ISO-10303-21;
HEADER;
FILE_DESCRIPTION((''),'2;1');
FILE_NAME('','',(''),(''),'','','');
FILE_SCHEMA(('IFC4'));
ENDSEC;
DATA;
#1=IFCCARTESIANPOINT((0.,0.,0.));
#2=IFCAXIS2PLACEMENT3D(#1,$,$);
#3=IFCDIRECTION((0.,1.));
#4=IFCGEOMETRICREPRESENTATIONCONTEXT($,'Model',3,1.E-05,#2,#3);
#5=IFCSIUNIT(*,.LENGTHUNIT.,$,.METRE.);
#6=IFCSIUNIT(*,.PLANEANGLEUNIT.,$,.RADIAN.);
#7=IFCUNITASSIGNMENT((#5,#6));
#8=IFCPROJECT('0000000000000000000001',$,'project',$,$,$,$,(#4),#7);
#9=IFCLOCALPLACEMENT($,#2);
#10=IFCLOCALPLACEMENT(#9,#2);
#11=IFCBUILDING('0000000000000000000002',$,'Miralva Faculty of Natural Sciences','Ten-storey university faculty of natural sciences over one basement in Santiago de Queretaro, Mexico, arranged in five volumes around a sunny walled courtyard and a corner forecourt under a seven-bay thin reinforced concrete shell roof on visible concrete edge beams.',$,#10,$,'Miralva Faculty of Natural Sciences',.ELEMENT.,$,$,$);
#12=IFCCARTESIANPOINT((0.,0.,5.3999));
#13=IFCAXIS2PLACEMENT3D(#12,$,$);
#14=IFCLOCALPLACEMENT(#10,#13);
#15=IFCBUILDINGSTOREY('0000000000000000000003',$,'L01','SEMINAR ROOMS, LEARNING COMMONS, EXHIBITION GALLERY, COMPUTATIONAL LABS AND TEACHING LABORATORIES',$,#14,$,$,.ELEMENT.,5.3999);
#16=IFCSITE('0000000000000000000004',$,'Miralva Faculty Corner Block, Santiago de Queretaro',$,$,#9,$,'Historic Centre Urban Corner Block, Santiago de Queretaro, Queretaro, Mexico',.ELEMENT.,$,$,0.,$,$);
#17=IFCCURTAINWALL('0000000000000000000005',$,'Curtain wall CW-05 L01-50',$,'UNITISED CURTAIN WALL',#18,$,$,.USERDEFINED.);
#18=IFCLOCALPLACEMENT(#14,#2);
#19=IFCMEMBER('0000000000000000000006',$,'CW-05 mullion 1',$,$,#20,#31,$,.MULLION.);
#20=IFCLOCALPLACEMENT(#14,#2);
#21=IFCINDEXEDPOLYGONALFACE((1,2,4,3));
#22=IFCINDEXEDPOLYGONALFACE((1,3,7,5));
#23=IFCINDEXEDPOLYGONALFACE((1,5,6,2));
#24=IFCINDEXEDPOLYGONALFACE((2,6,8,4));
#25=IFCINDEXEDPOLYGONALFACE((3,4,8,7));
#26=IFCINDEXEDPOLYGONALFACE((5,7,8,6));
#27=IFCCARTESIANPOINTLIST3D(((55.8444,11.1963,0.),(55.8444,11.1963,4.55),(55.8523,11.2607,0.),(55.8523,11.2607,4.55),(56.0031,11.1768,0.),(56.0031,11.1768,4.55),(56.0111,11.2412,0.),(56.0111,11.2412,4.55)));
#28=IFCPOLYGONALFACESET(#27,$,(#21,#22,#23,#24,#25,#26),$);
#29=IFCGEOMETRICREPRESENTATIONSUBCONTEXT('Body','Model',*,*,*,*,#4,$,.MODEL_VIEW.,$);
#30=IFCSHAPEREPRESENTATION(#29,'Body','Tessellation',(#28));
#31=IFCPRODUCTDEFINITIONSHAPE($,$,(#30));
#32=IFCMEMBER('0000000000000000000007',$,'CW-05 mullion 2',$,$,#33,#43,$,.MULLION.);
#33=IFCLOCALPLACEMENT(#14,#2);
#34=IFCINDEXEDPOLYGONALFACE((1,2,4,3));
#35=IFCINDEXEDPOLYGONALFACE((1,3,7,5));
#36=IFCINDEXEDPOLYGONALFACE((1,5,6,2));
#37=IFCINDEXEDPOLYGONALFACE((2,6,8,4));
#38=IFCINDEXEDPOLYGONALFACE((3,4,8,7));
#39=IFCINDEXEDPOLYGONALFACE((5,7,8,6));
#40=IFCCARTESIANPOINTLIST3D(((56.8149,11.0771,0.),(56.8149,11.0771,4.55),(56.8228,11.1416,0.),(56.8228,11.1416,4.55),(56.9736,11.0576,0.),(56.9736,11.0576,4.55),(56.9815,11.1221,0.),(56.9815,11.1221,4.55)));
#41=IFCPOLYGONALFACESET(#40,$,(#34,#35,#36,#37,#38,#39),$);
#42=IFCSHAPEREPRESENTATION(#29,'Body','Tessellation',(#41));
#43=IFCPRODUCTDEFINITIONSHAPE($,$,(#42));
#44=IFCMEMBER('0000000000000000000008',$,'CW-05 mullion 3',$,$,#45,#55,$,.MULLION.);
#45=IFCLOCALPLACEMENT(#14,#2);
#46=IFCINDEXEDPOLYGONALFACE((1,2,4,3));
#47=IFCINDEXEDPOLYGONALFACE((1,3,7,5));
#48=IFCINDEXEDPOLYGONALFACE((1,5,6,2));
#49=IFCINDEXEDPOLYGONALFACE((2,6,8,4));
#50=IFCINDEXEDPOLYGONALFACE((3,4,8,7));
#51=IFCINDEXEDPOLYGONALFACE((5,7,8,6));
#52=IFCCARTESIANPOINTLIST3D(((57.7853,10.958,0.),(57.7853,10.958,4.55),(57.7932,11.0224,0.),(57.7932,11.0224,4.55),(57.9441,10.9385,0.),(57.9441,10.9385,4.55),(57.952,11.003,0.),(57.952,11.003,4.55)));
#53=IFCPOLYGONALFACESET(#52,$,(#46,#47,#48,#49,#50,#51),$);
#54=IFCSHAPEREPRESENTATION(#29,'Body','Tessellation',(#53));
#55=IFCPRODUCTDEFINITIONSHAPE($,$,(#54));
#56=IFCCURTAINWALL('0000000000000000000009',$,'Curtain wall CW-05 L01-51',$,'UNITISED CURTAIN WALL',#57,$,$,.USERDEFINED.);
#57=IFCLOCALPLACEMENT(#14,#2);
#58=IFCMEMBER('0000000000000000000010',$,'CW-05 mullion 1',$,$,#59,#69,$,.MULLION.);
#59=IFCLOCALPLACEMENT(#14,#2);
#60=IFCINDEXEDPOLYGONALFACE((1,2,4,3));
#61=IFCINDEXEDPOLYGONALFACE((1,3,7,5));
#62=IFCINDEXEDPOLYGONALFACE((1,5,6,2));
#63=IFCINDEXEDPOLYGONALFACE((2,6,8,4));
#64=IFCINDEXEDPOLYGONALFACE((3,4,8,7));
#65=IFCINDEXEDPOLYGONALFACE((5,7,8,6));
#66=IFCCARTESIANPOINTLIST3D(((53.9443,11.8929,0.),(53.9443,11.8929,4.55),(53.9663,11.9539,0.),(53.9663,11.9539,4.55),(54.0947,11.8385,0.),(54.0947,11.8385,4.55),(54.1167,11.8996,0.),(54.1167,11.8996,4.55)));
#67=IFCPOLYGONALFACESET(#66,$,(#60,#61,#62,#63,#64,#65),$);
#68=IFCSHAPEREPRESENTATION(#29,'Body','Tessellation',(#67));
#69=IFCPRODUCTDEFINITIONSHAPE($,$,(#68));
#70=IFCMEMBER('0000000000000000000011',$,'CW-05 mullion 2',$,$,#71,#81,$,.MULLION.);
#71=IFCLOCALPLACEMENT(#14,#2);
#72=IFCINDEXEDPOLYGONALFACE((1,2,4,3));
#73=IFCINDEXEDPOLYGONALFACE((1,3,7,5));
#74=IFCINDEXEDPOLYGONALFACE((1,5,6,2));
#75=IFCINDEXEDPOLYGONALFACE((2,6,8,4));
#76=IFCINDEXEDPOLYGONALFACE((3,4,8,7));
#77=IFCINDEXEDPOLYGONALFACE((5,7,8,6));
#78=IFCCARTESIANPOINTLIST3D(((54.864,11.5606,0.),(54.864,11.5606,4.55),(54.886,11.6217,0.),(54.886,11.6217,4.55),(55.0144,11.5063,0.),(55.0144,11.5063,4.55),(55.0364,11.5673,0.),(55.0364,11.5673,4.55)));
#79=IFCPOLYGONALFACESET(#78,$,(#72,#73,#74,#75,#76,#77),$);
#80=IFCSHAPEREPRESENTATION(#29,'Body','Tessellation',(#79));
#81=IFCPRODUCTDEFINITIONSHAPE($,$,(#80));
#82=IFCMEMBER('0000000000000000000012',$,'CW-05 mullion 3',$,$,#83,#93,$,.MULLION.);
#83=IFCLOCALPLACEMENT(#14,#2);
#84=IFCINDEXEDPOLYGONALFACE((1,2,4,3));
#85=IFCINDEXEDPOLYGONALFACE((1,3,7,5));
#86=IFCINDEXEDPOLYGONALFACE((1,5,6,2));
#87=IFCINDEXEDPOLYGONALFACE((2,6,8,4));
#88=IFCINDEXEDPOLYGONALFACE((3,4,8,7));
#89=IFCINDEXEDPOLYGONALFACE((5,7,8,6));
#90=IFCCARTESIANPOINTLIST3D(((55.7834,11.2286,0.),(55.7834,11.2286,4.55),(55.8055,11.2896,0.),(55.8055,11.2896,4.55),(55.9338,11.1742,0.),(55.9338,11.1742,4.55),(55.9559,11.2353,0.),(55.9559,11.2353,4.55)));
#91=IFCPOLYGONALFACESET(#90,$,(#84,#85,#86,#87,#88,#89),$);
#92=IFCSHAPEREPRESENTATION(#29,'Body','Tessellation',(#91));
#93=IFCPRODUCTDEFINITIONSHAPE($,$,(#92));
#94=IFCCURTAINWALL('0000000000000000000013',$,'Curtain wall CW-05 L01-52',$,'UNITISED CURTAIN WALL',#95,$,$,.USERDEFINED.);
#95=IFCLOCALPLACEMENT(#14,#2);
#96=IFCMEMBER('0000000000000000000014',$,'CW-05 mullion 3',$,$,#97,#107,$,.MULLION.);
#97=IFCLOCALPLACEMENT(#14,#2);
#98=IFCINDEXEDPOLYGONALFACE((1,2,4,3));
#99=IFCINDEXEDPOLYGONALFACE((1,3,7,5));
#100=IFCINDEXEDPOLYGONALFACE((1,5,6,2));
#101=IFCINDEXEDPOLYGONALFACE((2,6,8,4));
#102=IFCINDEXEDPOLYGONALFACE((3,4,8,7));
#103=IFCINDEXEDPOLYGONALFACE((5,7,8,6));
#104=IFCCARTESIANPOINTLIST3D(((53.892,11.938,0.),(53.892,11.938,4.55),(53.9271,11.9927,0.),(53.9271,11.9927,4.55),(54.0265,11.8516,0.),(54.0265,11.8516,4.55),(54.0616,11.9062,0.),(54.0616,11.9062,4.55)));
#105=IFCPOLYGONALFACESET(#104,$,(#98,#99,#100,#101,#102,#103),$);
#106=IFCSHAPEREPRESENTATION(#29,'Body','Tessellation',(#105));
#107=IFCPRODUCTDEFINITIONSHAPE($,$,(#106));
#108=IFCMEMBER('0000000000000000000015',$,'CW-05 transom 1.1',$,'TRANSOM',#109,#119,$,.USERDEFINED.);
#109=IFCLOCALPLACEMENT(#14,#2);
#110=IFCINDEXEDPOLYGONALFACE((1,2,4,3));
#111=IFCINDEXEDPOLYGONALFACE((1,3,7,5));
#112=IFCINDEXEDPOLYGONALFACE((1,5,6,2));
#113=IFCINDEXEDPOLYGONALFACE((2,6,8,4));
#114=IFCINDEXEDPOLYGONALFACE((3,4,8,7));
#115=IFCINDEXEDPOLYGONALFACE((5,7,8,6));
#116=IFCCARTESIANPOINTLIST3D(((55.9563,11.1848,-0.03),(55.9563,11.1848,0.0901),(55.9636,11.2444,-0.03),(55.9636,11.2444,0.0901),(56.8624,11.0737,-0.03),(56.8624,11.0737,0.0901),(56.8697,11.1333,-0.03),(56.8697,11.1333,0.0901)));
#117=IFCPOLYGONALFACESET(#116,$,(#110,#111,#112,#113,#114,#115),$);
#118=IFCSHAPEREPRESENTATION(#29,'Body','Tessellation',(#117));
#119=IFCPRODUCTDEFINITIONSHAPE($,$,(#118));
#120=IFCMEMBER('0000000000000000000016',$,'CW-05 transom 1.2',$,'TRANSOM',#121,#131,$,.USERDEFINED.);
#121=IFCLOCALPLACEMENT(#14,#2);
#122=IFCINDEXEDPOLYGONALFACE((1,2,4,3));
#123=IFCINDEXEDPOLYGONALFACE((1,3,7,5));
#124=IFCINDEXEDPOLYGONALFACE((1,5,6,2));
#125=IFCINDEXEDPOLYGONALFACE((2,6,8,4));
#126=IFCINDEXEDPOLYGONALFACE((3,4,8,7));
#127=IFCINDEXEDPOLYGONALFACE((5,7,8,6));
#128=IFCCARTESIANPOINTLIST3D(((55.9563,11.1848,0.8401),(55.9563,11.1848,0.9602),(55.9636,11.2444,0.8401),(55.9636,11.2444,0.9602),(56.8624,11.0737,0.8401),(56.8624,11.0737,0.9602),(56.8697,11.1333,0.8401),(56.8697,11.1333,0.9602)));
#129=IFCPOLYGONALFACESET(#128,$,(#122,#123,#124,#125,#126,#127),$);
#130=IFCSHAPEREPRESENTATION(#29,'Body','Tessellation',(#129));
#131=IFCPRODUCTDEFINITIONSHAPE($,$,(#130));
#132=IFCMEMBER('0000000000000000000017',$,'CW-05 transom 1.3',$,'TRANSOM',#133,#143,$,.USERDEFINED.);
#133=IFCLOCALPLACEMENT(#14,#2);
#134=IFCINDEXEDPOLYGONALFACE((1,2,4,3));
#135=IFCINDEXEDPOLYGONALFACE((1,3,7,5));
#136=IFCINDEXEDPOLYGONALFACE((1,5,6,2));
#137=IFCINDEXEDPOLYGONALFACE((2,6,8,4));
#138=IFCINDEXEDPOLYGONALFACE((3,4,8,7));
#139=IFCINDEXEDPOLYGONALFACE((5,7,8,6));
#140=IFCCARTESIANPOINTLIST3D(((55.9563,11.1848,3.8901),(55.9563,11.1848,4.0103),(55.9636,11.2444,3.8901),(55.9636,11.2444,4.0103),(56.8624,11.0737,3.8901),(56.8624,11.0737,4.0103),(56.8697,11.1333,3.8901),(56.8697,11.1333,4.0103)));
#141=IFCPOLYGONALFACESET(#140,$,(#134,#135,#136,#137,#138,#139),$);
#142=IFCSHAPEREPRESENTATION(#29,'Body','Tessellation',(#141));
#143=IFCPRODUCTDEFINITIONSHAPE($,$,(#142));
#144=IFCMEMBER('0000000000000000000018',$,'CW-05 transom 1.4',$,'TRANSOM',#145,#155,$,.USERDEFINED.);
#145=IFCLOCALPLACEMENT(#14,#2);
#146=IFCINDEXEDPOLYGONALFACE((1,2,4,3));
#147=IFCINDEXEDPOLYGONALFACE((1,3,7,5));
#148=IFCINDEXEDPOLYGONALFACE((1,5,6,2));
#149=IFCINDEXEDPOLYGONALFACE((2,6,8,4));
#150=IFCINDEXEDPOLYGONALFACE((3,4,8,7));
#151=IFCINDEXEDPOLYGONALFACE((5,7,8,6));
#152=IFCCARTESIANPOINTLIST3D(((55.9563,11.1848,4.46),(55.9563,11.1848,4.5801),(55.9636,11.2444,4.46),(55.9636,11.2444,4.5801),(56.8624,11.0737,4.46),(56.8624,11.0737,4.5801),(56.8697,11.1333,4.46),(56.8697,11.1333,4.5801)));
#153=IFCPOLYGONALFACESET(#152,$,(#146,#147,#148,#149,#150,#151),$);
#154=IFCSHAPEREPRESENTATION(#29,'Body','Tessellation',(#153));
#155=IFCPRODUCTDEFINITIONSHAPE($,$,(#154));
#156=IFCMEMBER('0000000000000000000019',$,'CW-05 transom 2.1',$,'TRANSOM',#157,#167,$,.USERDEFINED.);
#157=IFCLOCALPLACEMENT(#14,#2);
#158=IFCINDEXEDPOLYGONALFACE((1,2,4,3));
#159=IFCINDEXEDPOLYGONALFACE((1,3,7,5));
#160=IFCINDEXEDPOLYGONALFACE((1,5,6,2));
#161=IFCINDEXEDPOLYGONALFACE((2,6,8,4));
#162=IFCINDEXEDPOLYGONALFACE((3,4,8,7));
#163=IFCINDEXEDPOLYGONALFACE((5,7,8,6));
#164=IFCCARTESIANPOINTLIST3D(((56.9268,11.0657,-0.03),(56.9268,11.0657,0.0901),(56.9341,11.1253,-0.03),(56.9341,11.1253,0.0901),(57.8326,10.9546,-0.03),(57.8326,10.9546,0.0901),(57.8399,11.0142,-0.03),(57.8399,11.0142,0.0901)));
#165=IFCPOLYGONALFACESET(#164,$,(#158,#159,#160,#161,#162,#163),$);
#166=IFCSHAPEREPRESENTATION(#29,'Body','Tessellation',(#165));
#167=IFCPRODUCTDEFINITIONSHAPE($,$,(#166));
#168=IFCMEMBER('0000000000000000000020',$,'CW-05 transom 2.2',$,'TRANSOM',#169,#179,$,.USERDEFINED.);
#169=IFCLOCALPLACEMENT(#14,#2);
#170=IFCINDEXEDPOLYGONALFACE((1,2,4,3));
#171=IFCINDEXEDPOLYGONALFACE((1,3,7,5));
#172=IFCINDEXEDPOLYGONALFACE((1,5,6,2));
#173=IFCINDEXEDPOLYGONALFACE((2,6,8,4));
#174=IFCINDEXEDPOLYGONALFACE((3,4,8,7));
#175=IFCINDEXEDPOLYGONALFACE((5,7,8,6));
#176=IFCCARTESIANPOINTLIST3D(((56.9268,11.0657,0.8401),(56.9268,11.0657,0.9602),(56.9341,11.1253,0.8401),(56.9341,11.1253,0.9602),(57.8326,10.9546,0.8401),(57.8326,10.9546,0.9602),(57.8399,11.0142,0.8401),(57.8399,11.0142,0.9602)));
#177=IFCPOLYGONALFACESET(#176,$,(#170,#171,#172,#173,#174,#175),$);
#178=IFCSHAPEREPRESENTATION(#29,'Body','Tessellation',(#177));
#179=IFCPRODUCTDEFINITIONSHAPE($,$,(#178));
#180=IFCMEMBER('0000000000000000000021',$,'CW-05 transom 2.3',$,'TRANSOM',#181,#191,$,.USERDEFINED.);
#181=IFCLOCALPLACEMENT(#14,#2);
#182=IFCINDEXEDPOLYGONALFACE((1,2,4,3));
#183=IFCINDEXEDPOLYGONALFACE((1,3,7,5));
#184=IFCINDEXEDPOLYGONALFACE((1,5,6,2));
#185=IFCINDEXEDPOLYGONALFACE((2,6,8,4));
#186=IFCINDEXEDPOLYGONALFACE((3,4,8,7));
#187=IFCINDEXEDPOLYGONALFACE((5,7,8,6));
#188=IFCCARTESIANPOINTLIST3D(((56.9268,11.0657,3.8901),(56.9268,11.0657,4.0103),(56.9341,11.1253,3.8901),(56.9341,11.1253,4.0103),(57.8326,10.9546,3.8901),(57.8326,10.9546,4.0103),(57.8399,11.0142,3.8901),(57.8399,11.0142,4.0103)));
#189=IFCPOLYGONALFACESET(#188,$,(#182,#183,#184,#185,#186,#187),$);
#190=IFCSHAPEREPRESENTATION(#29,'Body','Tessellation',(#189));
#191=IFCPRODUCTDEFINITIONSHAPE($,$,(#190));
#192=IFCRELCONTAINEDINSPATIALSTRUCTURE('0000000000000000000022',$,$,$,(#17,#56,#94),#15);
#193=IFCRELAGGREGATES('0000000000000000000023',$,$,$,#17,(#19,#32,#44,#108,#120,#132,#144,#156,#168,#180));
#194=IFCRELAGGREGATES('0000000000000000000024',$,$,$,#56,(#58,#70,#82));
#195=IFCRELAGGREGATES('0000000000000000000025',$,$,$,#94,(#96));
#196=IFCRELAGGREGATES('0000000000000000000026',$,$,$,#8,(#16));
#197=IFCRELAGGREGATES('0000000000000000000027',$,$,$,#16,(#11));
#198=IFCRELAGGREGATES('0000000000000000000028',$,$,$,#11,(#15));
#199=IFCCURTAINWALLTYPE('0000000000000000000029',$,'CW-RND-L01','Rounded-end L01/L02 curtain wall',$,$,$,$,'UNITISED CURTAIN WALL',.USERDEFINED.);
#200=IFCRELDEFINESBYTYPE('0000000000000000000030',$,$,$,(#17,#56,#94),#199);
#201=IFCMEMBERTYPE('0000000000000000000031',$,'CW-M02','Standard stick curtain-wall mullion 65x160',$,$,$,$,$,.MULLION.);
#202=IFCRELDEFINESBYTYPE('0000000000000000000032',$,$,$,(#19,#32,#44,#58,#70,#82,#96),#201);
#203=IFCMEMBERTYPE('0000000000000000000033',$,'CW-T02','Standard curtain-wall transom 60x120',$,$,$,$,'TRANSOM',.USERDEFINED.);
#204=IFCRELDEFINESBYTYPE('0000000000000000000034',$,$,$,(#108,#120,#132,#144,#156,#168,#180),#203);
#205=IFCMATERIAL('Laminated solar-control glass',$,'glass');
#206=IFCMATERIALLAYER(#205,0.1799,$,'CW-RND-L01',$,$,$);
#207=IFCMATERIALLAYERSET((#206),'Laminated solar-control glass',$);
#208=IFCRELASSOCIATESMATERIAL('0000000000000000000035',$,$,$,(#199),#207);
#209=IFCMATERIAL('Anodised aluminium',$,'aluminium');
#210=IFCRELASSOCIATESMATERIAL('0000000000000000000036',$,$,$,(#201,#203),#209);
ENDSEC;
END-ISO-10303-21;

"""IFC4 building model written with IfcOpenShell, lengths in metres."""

from ifc_helpers import new_model, si_unit, direction, frame, origin, origin_2d, place, context, subcontext, project, spatial, rectangle, extrude, material, layer, layer_set, material_profile, profile_set, type_object, element, aggregate, save


model = new_model("IFC4")

# Units and contexts
model_context = context("Model", 3, precision=1e-05, world=origin(), true_north=direction((0.0, 1.0)))
body_context = subcontext(model_context, "Body", "Model", "MODEL_VIEW")
ifc_project = project(units=[si_unit("LENGTHUNIT", "METRE"), si_unit("PLANEANGLEUNIT", "RADIAN")], contexts=[model_context])

# Site, building, storey
site_placement = place(None, origin())
site = spatial("IfcSite", under=ifc_project, at=site_placement, Name="Miralva Faculty Corner Block, Santiago de Queretaro", LongName="Historic Centre Urban Corner Block, Santiago de Queretaro, Queretaro, Mexico", CompositionType="ELEMENT", RefElevation=0.0)
building_placement = place(site_placement, origin())
building = spatial("IfcBuilding", under=site, at=building_placement, Name="Miralva Faculty of Natural Sciences", Description="Ten-storey university faculty of natural sciences over one basement in Santiago de Queretaro, Mexico, arranged in five volumes around a sunny walled courtyard and a corner forecourt under a seven-bay thin reinforced concrete shell roof on visible concrete edge beams.", LongName="Miralva Faculty of Natural Sciences", CompositionType="ELEMENT")
storey_placement = place(building_placement, frame((0.0, 0.0, 5.3999)))
storey = spatial("IfcBuildingStorey", under=building, at=storey_placement, Name="L01", Description="SEMINAR ROOMS, LEARNING COMMONS, EXHIBITION GALLERY, COMPUTATIONAL LABS AND TEACHING LABORATORIES", CompositionType="ELEMENT", Elevation=5.3999)

# Curtain walls, members
ifc_material_1 = material(Name="Laminated solar-control glass", Category="glass")
ifc_layer_1 = layer(ifc_material_1, 0.1799, Name="CW-RND-L01")
ifc_layer_set_1 = layer_set([ifc_layer_1], Name="Laminated solar-control glass")
curtain_wall_type = type_object("IfcCurtainWallType", Name="CW-RND-L01", Description="Rounded-end L01/L02 curtain wall", ElementType="UNITISED CURTAIN WALL", PredefinedType="USERDEFINED", material=ifc_layer_set_1)
curtain_wall_1_placement = place(storey_placement, origin())
curtain_wall_1 = element("IfcCurtainWall", 1, at=curtain_wall_1_placement, inside=storey, type_object=curtain_wall_type, Name="Curtain wall CW-05 L01-50", ObjectType="UNITISED CURTAIN WALL", PredefinedType="USERDEFINED")
ifc_material_2 = material(Name="Anodised aluminium", Category="aluminium")
ifc_material_profile_1 = material_profile(ifc_material_2, rectangle(XDim=0.0649, YDim=0.1599, at=origin_2d()), Name="MULLION 65x160")
ifc_profile_set_1 = profile_set([ifc_material_profile_1], Name="Anodised aluminium")
member_type_1 = type_object("IfcMemberType", Name="CW-M02", Description="Standard stick curtain-wall mullion 65x160", PredefinedType="MULLION", material=ifc_profile_set_1)
member_1_placement = place(storey_placement, frame((55.9277, 11.2188, 0.0), z_axis=(0.0, 0.0, 1.0), x_axis=(0.12186, 0.992547, 0.0)))
member_1 = element("IfcMember", 2, at=member_1_placement, type_object=member_type_1, Name="CW-05 mullion 1", PredefinedType="MULLION", context=body_context, shape_type="SweptSolid", body=[
    extrude(rectangle(XDim=0.0649, YDim=0.1599, at=origin_2d()), origin(), (0.0, 0.0, 1.0), 4.55),
])
member_2_placement = place(storey_placement, frame((56.8982, 11.0996, 0.0), z_axis=(0.0, 0.0, 1.0), x_axis=(0.12186, 0.992547, 0.0)))
member_2 = element("IfcMember", 3, at=member_2_placement, type_object=member_type_1, Name="CW-05 mullion 2", PredefinedType="MULLION", context=body_context, shape_type="SweptSolid", body=[
    extrude(rectangle(XDim=0.0649, YDim=0.1599, at=origin_2d()), origin(), (0.0, 0.0, 1.0), 4.55),
])
member_3_placement = place(storey_placement, frame((57.8687, 10.9805, 0.0), z_axis=(0.0, 0.0, 1.0), x_axis=(0.12186, 0.992547, 0.0)))
member_3 = element("IfcMember", 4, at=member_3_placement, type_object=member_type_1, Name="CW-05 mullion 3", PredefinedType="MULLION", context=body_context, shape_type="SweptSolid", body=[
    extrude(rectangle(XDim=0.0649, YDim=0.1599, at=origin_2d()), origin(), (0.0, 0.0, 1.0), 4.55),
])
curtain_wall_2_placement = place(storey_placement, origin())
curtain_wall_2 = element("IfcCurtainWall", 5, at=curtain_wall_2_placement, inside=storey, type_object=curtain_wall_type, Name="Curtain wall CW-05 L01-51", ObjectType="UNITISED CURTAIN WALL", PredefinedType="USERDEFINED")
member_4_placement = place(storey_placement, frame((54.0305, 11.8962, 0.0), z_axis=(0.0, 0.0, 1.0), x_axis=(0.339696, 0.940535, 0.0)))
member_4 = element("IfcMember", 6, at=member_4_placement, type_object=member_type_1, Name="CW-05 mullion 1", PredefinedType="MULLION", context=body_context, shape_type="SweptSolid", body=[
    extrude(rectangle(XDim=0.0649, YDim=0.1599, at=origin_2d()), origin(), (0.0, 0.0, 1.0), 4.55),
])
member_5_placement = place(storey_placement, frame((54.9502, 11.564, 0.0), z_axis=(0.0, 0.0, 1.0), x_axis=(0.339696, 0.940535, 0.0)))
member_5 = element("IfcMember", 7, at=member_5_placement, type_object=member_type_1, Name="CW-05 mullion 2", PredefinedType="MULLION", context=body_context, shape_type="SweptSolid", body=[
    extrude(rectangle(XDim=0.0649, YDim=0.1599, at=origin_2d()), origin(), (0.0, 0.0, 1.0), 4.55),
])
member_6_placement = place(storey_placement, frame((55.8696, 11.2319, 0.0), z_axis=(0.0, 0.0, 1.0), x_axis=(0.339696, 0.940535, 0.0)))
member_6 = element("IfcMember", 8, at=member_6_placement, type_object=member_type_1, Name="CW-05 mullion 3", PredefinedType="MULLION", context=body_context, shape_type="SweptSolid", body=[
    extrude(rectangle(XDim=0.0649, YDim=0.1599, at=origin_2d()), origin(), (0.0, 0.0, 1.0), 4.55),
])

# Curtain wall, member
curtain_wall_3_placement = place(storey_placement, origin())
curtain_wall_3 = element("IfcCurtainWall", 9, at=curtain_wall_3_placement, inside=storey, type_object=curtain_wall_type, Name="Curtain wall CW-05 L01-52", ObjectType="UNITISED CURTAIN WALL", PredefinedType="USERDEFINED")
member_7_placement = place(storey_placement, frame((53.9768, 11.9221, 0.0), z_axis=(0.0, 0.0, 1.0), x_axis=(0.540445, 0.841379, 0.0)))
member_7 = element("IfcMember", 10, at=member_7_placement, type_object=member_type_1, Name="CW-05 mullion 3", PredefinedType="MULLION", context=body_context, shape_type="SweptSolid", body=[
    extrude(rectangle(XDim=0.0649, YDim=0.1599, at=origin_2d()), origin(), (0.0, 0.0, 1.0), 4.55),
])

# Members
ifc_material_profile_2 = material_profile(ifc_material_2, rectangle(XDim=0.0601, YDim=0.1201, at=origin_2d()), Name="TRANSOM 60x120")
ifc_profile_set_2 = profile_set([ifc_material_profile_2], Name="Anodised aluminium")
member_type_2 = type_object("IfcMemberType", Name="CW-T02", Description="Standard curtain-wall transom 60x120", ElementType="TRANSOM", PredefinedType="USERDEFINED", material=ifc_profile_set_2)
member_8_placement = place(storey_placement, frame((55.96, 11.2146, 0.03), z_axis=(0.992567, -0.121697, 0.0), x_axis=(0.121697, 0.992567, 0.0)))
member_8 = element("IfcMember", 11, at=member_8_placement, type_object=member_type_2, Name="CW-05 transom 1.1", ObjectType="TRANSOM", PredefinedType="USERDEFINED", context=body_context, shape_type="SweptSolid", body=[
    extrude(rectangle(XDim=0.0601, YDim=0.1201, at=origin_2d()), origin(), (0.0, 0.0, 1.0), 0.9128),
])
member_9_placement = place(storey_placement, frame((55.96, 11.2146, 0.9001), z_axis=(0.992567, -0.121697, 0.0), x_axis=(0.121697, 0.992567, 0.0)))
member_9 = element("IfcMember", 12, at=member_9_placement, type_object=member_type_2, Name="CW-05 transom 1.2", ObjectType="TRANSOM", PredefinedType="USERDEFINED", context=body_context, shape_type="SweptSolid", body=[
    extrude(rectangle(XDim=0.0601, YDim=0.1201, at=origin_2d()), origin(), (0.0, 0.0, 1.0), 0.9128),
])
member_10_placement = place(storey_placement, frame((55.96, 11.2146, 3.9502), z_axis=(0.992567, -0.121697, 0.0), x_axis=(0.121697, 0.992567, 0.0)))
member_10 = element("IfcMember", 13, at=member_10_placement, type_object=member_type_2, Name="CW-05 transom 1.3", ObjectType="TRANSOM", PredefinedType="USERDEFINED", context=body_context, shape_type="SweptSolid", body=[
    extrude(rectangle(XDim=0.0601, YDim=0.1201, at=origin_2d()), origin(), (0.0, 0.0, 1.0), 0.9128),
])
member_11_placement = place(storey_placement, frame((55.96, 11.2146, 4.52), z_axis=(0.992567, -0.121697, 0.0), x_axis=(0.121697, 0.992567, 0.0)))
member_11 = element("IfcMember", 14, at=member_11_placement, type_object=member_type_2, Name="CW-05 transom 1.4", ObjectType="TRANSOM", PredefinedType="USERDEFINED", context=body_context, shape_type="SweptSolid", body=[
    extrude(rectangle(XDim=0.0601, YDim=0.1201, at=origin_2d()), origin(), (0.0, 0.0, 1.0), 0.9128),
])
member_12_placement = place(storey_placement, frame((56.9304, 11.0955, 0.03), z_axis=(0.992563, -0.121729, 0.0), x_axis=(0.121729, 0.992563, 0.0)))
member_12 = element("IfcMember", 15, at=member_12_placement, type_object=member_type_2, Name="CW-05 transom 2.1", ObjectType="TRANSOM", PredefinedType="USERDEFINED", context=body_context, shape_type="SweptSolid", body=[
    extrude(rectangle(XDim=0.0601, YDim=0.1201, at=origin_2d()), origin(), (0.0, 0.0, 1.0), 0.9126),
])
member_13_placement = place(storey_placement, frame((56.9304, 11.0955, 0.9001), z_axis=(0.992563, -0.121729, 0.0), x_axis=(0.121729, 0.992563, 0.0)))
member_13 = element("IfcMember", 16, at=member_13_placement, type_object=member_type_2, Name="CW-05 transom 2.2", ObjectType="TRANSOM", PredefinedType="USERDEFINED", context=body_context, shape_type="SweptSolid", body=[
    extrude(rectangle(XDim=0.0601, YDim=0.1201, at=origin_2d()), origin(), (0.0, 0.0, 1.0), 0.9126),
])
member_14_placement = place(storey_placement, frame((56.9304, 11.0955, 3.9502), z_axis=(0.992563, -0.121729, 0.0), x_axis=(0.121729, 0.992563, 0.0)))
member_14 = element("IfcMember", 17, at=member_14_placement, type_object=member_type_2, Name="CW-05 transom 2.3", ObjectType="TRANSOM", PredefinedType="USERDEFINED", context=body_context, shape_type="SweptSolid", body=[
    extrude(rectangle(XDim=0.0601, YDim=0.1201, at=origin_2d()), origin(), (0.0, 0.0, 1.0), 0.9126),
])

aggregate(curtain_wall_1, [member_1, member_2, member_3, member_8, member_9, member_10, member_11, member_12, member_13, member_14])
aggregate(curtain_wall_2, [member_4, member_5, member_6])
aggregate(curtain_wall_3, [member_7])

save(model, "model.ifc")
